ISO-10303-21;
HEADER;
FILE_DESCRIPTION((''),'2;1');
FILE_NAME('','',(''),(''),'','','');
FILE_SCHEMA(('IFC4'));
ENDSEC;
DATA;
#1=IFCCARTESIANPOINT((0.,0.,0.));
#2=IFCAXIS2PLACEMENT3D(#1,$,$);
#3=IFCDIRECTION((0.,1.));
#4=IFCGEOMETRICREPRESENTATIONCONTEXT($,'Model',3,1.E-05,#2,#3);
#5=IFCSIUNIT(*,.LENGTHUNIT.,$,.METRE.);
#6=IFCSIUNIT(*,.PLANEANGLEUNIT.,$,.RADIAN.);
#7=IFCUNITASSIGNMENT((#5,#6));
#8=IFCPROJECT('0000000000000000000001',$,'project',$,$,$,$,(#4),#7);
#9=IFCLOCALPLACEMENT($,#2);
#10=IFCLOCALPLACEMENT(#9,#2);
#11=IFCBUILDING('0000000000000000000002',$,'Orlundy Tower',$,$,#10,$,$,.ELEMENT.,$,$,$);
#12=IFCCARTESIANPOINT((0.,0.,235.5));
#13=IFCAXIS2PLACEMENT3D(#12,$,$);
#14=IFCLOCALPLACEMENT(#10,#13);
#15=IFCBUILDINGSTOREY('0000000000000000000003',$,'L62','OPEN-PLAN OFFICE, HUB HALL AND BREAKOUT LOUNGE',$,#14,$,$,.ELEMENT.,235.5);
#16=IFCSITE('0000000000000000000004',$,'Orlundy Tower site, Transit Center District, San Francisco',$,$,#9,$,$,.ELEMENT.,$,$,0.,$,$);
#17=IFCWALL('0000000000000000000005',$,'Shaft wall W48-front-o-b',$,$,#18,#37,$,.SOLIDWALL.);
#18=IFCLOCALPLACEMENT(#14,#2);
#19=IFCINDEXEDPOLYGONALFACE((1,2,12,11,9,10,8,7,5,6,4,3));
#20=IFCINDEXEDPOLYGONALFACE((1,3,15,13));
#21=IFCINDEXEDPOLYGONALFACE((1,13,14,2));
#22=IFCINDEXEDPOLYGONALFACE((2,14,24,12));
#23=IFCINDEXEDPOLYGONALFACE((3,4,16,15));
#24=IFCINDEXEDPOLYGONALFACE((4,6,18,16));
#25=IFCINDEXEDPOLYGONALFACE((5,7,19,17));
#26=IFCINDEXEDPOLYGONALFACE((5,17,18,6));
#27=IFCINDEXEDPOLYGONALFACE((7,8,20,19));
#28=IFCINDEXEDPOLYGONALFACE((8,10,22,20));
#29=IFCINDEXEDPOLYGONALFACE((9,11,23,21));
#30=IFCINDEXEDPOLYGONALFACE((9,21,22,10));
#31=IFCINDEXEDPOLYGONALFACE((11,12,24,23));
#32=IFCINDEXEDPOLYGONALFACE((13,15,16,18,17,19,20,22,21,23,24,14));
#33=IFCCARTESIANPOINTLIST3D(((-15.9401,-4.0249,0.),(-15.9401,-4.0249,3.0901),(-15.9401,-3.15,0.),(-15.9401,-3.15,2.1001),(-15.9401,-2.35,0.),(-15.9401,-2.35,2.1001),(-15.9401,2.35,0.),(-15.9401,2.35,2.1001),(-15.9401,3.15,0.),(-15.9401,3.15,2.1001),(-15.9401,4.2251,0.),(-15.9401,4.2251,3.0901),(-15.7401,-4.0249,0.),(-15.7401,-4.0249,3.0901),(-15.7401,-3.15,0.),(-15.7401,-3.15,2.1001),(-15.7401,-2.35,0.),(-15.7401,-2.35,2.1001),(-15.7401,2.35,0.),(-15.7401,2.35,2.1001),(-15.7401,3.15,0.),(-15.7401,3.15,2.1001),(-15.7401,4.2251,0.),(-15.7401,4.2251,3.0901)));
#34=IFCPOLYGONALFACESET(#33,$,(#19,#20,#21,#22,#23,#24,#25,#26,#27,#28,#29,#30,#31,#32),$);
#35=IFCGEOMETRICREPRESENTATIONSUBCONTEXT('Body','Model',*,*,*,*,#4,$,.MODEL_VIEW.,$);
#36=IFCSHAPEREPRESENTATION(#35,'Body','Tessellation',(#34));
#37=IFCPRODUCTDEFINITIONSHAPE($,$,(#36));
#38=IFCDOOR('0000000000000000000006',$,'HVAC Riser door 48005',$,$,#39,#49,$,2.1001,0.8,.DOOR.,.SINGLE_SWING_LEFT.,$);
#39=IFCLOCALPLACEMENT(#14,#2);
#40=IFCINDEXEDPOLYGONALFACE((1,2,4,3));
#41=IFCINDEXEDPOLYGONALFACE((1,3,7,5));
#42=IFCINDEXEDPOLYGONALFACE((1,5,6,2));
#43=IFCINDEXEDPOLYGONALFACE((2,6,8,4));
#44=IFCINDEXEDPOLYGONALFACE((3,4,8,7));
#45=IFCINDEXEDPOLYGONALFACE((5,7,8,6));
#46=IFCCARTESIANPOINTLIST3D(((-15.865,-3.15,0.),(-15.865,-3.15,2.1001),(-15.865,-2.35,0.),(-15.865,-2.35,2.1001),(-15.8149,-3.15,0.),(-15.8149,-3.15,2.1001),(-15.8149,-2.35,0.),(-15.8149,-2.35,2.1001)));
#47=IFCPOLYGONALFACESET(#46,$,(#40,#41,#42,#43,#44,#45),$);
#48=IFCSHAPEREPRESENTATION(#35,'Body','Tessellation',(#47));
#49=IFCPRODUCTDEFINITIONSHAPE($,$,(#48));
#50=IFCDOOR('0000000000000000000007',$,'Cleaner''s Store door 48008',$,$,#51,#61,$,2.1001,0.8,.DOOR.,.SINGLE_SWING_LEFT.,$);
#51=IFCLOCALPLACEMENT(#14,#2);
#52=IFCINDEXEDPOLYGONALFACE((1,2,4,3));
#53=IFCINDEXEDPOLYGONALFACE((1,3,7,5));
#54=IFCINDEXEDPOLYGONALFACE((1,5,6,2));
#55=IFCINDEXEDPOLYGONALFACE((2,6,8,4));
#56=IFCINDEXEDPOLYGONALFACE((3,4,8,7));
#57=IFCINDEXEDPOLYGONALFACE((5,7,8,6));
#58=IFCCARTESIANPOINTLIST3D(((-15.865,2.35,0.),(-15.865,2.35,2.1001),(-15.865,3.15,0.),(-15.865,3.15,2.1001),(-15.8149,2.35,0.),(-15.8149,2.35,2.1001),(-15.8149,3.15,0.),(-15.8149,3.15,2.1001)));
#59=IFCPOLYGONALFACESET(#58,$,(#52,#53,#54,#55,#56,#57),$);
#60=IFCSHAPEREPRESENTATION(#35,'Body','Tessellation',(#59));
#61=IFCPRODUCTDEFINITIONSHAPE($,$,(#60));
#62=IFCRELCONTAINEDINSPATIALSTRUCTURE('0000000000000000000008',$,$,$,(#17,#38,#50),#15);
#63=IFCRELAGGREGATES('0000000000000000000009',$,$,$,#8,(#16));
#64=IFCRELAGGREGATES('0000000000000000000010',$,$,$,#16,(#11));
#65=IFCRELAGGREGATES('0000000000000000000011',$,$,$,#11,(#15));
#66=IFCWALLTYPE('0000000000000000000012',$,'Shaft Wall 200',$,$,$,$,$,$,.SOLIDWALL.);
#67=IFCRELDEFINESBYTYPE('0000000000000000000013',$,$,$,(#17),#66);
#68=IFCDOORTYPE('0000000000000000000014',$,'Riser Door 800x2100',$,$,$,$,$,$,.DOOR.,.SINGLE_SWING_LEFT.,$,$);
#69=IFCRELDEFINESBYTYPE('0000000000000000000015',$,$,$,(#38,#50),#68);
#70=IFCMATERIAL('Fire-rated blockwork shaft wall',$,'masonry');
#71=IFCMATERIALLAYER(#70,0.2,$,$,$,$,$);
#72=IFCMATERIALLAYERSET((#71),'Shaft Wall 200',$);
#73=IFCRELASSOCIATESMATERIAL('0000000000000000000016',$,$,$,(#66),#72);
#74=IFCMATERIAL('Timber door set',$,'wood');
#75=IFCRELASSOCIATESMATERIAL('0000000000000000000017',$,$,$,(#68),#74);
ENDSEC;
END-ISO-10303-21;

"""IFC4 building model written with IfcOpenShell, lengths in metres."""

from ifc_helpers import new_model, si_unit, direction, frame, frame_2d, origin, place, context, subcontext, project, spatial, rectangle, extrude, material, layer, layer_set, type_object, element, fill, save


model = new_model("IFC4")

# Units and contexts
model_context = context("Model", 3, precision=1e-05, world=origin(), true_north=direction((0.0, 1.0)))
body_context = subcontext(model_context, "Body", "Model", "MODEL_VIEW")
ifc_project = project(units=[si_unit("LENGTHUNIT", "METRE"), si_unit("PLANEANGLEUNIT", "RADIAN")], contexts=[model_context])

# Site, building, storey
site_placement = place(None, origin())
site = spatial("IfcSite", under=ifc_project, at=site_placement, Name="Orlundy Tower site, Transit Center District, San Francisco", CompositionType="ELEMENT", RefElevation=0.0)
building_placement = place(site_placement, origin())
building = spatial("IfcBuilding", under=site, at=building_placement, Name="Orlundy Tower", CompositionType="ELEMENT")
storey_placement = place(building_placement, frame((0.0, 0.0, 235.5)))
storey = spatial("IfcBuildingStorey", under=building, at=storey_placement, Name="L62", Description="OPEN-PLAN OFFICE, HUB HALL AND BREAKOUT LOUNGE", CompositionType="ELEMENT", Elevation=235.5)

# Shared definitions
ifc_material_1 = material(Name="Fire-rated blockwork shaft wall", Category="masonry")
ifc_layer_1 = layer(ifc_material_1, 0.2)
ifc_layer_set_1 = layer_set([ifc_layer_1], Name="Shaft Wall 200")
wall_type_1 = type_object("IfcWallType", Name="Shaft Wall 200", PredefinedType="SOLIDWALL", material=ifc_layer_set_1)

# Wall, openings, doors
wall_1_placement = place(storey_placement, frame((-15.8401, -4.0249, 0.0), z_axis=(0.0, 0.0, 1.0), x_axis=(0.0, 1.0, 0.0)))
wall_1 = element("IfcWall", 1, at=wall_1_placement, inside=storey, type_object=wall_type_1, Name="Shaft wall W48-front-o-b", PredefinedType="SOLIDWALL", context=body_context, shape_type="SweptSolid", body=[
    extrude(rectangle(XDim=8.25, YDim=0.2, at=frame_2d((4.125, 0.0))), origin(), (0.0, 0.0, 1.0), 3.0901),
])
opening_1_placement = place(wall_1_placement, frame((0.875, 0.0, 0.0)))
opening_1 = element("IfcOpeningElement", 2, at=opening_1_placement, cuts=wall_1, PredefinedType="OPENING", context=body_context, shape_type="SweptSolid", body=[
    extrude(rectangle(XDim=0.8, YDim=2.1001, at=frame_2d((0.3999, 1.05))), frame((0.0, 0.1101, 0.0), z_axis=(0.0, -1.0, 0.0), x_axis=(1.0, 0.0, 0.0)), (0.0, 0.0, 1.0), 0.2202),
])
opening_2_placement = place(wall_1_placement, frame((6.375, 0.0, 0.0)))
opening_2 = element("IfcOpeningElement", 3, at=opening_2_placement, cuts=wall_1, PredefinedType="OPENING", context=body_context, shape_type="SweptSolid", body=[
    extrude(rectangle(XDim=0.8, YDim=2.1001, at=frame_2d((0.3999, 1.05))), frame((0.0, 0.1101, 0.0), z_axis=(0.0, -1.0, 0.0), x_axis=(1.0, 0.0, 0.0)), (0.0, 0.0, 1.0), 0.2202),
])
ifc_material_2 = material(Name="Timber door set", Category="wood")
door_type_1 = type_object("IfcDoorType", Name="Riser Door 800x2100", OperationType="SINGLE_SWING_LEFT", PredefinedType="DOOR", material=ifc_material_2)
door_1_placement = place(opening_1_placement, origin())
door_1 = element("IfcDoor", 4, at=door_1_placement, inside=storey, type_object=door_type_1, Name="HVAC Riser door 48005", OperationType="SINGLE_SWING_LEFT", OverallHeight=2.1001, OverallWidth=0.8, PredefinedType="DOOR", context=body_context, shape_type="SweptSolid", body=[
    extrude(rectangle(XDim=0.8, YDim=2.1001, at=frame_2d((0.3999, 1.05))), frame((0.0, 0.0249, 0.0), z_axis=(0.0, -1.0, 0.0), x_axis=(1.0, 0.0, 0.0)), (0.0, 0.0, 1.0), 0.05),
])
fill(opening_1, door_1)
door_2_placement = place(opening_2_placement, origin())
door_2 = element("IfcDoor", 5, at=door_2_placement, inside=storey, type_object=door_type_1, Name="Cleaner's Store door 48008", OperationType="SINGLE_SWING_LEFT", OverallHeight=2.1001, OverallWidth=0.8, PredefinedType="DOOR", context=body_context, shape_type="SweptSolid", body=[
    extrude(rectangle(XDim=0.8, YDim=2.1001, at=frame_2d((0.3999, 1.05))), frame((0.0, 0.0249, 0.0), z_axis=(0.0, -1.0, 0.0), x_axis=(1.0, 0.0, 0.0)), (0.0, 0.0, 1.0), 0.05),
])
fill(opening_2, door_2)

save(model, "model.ifc")
